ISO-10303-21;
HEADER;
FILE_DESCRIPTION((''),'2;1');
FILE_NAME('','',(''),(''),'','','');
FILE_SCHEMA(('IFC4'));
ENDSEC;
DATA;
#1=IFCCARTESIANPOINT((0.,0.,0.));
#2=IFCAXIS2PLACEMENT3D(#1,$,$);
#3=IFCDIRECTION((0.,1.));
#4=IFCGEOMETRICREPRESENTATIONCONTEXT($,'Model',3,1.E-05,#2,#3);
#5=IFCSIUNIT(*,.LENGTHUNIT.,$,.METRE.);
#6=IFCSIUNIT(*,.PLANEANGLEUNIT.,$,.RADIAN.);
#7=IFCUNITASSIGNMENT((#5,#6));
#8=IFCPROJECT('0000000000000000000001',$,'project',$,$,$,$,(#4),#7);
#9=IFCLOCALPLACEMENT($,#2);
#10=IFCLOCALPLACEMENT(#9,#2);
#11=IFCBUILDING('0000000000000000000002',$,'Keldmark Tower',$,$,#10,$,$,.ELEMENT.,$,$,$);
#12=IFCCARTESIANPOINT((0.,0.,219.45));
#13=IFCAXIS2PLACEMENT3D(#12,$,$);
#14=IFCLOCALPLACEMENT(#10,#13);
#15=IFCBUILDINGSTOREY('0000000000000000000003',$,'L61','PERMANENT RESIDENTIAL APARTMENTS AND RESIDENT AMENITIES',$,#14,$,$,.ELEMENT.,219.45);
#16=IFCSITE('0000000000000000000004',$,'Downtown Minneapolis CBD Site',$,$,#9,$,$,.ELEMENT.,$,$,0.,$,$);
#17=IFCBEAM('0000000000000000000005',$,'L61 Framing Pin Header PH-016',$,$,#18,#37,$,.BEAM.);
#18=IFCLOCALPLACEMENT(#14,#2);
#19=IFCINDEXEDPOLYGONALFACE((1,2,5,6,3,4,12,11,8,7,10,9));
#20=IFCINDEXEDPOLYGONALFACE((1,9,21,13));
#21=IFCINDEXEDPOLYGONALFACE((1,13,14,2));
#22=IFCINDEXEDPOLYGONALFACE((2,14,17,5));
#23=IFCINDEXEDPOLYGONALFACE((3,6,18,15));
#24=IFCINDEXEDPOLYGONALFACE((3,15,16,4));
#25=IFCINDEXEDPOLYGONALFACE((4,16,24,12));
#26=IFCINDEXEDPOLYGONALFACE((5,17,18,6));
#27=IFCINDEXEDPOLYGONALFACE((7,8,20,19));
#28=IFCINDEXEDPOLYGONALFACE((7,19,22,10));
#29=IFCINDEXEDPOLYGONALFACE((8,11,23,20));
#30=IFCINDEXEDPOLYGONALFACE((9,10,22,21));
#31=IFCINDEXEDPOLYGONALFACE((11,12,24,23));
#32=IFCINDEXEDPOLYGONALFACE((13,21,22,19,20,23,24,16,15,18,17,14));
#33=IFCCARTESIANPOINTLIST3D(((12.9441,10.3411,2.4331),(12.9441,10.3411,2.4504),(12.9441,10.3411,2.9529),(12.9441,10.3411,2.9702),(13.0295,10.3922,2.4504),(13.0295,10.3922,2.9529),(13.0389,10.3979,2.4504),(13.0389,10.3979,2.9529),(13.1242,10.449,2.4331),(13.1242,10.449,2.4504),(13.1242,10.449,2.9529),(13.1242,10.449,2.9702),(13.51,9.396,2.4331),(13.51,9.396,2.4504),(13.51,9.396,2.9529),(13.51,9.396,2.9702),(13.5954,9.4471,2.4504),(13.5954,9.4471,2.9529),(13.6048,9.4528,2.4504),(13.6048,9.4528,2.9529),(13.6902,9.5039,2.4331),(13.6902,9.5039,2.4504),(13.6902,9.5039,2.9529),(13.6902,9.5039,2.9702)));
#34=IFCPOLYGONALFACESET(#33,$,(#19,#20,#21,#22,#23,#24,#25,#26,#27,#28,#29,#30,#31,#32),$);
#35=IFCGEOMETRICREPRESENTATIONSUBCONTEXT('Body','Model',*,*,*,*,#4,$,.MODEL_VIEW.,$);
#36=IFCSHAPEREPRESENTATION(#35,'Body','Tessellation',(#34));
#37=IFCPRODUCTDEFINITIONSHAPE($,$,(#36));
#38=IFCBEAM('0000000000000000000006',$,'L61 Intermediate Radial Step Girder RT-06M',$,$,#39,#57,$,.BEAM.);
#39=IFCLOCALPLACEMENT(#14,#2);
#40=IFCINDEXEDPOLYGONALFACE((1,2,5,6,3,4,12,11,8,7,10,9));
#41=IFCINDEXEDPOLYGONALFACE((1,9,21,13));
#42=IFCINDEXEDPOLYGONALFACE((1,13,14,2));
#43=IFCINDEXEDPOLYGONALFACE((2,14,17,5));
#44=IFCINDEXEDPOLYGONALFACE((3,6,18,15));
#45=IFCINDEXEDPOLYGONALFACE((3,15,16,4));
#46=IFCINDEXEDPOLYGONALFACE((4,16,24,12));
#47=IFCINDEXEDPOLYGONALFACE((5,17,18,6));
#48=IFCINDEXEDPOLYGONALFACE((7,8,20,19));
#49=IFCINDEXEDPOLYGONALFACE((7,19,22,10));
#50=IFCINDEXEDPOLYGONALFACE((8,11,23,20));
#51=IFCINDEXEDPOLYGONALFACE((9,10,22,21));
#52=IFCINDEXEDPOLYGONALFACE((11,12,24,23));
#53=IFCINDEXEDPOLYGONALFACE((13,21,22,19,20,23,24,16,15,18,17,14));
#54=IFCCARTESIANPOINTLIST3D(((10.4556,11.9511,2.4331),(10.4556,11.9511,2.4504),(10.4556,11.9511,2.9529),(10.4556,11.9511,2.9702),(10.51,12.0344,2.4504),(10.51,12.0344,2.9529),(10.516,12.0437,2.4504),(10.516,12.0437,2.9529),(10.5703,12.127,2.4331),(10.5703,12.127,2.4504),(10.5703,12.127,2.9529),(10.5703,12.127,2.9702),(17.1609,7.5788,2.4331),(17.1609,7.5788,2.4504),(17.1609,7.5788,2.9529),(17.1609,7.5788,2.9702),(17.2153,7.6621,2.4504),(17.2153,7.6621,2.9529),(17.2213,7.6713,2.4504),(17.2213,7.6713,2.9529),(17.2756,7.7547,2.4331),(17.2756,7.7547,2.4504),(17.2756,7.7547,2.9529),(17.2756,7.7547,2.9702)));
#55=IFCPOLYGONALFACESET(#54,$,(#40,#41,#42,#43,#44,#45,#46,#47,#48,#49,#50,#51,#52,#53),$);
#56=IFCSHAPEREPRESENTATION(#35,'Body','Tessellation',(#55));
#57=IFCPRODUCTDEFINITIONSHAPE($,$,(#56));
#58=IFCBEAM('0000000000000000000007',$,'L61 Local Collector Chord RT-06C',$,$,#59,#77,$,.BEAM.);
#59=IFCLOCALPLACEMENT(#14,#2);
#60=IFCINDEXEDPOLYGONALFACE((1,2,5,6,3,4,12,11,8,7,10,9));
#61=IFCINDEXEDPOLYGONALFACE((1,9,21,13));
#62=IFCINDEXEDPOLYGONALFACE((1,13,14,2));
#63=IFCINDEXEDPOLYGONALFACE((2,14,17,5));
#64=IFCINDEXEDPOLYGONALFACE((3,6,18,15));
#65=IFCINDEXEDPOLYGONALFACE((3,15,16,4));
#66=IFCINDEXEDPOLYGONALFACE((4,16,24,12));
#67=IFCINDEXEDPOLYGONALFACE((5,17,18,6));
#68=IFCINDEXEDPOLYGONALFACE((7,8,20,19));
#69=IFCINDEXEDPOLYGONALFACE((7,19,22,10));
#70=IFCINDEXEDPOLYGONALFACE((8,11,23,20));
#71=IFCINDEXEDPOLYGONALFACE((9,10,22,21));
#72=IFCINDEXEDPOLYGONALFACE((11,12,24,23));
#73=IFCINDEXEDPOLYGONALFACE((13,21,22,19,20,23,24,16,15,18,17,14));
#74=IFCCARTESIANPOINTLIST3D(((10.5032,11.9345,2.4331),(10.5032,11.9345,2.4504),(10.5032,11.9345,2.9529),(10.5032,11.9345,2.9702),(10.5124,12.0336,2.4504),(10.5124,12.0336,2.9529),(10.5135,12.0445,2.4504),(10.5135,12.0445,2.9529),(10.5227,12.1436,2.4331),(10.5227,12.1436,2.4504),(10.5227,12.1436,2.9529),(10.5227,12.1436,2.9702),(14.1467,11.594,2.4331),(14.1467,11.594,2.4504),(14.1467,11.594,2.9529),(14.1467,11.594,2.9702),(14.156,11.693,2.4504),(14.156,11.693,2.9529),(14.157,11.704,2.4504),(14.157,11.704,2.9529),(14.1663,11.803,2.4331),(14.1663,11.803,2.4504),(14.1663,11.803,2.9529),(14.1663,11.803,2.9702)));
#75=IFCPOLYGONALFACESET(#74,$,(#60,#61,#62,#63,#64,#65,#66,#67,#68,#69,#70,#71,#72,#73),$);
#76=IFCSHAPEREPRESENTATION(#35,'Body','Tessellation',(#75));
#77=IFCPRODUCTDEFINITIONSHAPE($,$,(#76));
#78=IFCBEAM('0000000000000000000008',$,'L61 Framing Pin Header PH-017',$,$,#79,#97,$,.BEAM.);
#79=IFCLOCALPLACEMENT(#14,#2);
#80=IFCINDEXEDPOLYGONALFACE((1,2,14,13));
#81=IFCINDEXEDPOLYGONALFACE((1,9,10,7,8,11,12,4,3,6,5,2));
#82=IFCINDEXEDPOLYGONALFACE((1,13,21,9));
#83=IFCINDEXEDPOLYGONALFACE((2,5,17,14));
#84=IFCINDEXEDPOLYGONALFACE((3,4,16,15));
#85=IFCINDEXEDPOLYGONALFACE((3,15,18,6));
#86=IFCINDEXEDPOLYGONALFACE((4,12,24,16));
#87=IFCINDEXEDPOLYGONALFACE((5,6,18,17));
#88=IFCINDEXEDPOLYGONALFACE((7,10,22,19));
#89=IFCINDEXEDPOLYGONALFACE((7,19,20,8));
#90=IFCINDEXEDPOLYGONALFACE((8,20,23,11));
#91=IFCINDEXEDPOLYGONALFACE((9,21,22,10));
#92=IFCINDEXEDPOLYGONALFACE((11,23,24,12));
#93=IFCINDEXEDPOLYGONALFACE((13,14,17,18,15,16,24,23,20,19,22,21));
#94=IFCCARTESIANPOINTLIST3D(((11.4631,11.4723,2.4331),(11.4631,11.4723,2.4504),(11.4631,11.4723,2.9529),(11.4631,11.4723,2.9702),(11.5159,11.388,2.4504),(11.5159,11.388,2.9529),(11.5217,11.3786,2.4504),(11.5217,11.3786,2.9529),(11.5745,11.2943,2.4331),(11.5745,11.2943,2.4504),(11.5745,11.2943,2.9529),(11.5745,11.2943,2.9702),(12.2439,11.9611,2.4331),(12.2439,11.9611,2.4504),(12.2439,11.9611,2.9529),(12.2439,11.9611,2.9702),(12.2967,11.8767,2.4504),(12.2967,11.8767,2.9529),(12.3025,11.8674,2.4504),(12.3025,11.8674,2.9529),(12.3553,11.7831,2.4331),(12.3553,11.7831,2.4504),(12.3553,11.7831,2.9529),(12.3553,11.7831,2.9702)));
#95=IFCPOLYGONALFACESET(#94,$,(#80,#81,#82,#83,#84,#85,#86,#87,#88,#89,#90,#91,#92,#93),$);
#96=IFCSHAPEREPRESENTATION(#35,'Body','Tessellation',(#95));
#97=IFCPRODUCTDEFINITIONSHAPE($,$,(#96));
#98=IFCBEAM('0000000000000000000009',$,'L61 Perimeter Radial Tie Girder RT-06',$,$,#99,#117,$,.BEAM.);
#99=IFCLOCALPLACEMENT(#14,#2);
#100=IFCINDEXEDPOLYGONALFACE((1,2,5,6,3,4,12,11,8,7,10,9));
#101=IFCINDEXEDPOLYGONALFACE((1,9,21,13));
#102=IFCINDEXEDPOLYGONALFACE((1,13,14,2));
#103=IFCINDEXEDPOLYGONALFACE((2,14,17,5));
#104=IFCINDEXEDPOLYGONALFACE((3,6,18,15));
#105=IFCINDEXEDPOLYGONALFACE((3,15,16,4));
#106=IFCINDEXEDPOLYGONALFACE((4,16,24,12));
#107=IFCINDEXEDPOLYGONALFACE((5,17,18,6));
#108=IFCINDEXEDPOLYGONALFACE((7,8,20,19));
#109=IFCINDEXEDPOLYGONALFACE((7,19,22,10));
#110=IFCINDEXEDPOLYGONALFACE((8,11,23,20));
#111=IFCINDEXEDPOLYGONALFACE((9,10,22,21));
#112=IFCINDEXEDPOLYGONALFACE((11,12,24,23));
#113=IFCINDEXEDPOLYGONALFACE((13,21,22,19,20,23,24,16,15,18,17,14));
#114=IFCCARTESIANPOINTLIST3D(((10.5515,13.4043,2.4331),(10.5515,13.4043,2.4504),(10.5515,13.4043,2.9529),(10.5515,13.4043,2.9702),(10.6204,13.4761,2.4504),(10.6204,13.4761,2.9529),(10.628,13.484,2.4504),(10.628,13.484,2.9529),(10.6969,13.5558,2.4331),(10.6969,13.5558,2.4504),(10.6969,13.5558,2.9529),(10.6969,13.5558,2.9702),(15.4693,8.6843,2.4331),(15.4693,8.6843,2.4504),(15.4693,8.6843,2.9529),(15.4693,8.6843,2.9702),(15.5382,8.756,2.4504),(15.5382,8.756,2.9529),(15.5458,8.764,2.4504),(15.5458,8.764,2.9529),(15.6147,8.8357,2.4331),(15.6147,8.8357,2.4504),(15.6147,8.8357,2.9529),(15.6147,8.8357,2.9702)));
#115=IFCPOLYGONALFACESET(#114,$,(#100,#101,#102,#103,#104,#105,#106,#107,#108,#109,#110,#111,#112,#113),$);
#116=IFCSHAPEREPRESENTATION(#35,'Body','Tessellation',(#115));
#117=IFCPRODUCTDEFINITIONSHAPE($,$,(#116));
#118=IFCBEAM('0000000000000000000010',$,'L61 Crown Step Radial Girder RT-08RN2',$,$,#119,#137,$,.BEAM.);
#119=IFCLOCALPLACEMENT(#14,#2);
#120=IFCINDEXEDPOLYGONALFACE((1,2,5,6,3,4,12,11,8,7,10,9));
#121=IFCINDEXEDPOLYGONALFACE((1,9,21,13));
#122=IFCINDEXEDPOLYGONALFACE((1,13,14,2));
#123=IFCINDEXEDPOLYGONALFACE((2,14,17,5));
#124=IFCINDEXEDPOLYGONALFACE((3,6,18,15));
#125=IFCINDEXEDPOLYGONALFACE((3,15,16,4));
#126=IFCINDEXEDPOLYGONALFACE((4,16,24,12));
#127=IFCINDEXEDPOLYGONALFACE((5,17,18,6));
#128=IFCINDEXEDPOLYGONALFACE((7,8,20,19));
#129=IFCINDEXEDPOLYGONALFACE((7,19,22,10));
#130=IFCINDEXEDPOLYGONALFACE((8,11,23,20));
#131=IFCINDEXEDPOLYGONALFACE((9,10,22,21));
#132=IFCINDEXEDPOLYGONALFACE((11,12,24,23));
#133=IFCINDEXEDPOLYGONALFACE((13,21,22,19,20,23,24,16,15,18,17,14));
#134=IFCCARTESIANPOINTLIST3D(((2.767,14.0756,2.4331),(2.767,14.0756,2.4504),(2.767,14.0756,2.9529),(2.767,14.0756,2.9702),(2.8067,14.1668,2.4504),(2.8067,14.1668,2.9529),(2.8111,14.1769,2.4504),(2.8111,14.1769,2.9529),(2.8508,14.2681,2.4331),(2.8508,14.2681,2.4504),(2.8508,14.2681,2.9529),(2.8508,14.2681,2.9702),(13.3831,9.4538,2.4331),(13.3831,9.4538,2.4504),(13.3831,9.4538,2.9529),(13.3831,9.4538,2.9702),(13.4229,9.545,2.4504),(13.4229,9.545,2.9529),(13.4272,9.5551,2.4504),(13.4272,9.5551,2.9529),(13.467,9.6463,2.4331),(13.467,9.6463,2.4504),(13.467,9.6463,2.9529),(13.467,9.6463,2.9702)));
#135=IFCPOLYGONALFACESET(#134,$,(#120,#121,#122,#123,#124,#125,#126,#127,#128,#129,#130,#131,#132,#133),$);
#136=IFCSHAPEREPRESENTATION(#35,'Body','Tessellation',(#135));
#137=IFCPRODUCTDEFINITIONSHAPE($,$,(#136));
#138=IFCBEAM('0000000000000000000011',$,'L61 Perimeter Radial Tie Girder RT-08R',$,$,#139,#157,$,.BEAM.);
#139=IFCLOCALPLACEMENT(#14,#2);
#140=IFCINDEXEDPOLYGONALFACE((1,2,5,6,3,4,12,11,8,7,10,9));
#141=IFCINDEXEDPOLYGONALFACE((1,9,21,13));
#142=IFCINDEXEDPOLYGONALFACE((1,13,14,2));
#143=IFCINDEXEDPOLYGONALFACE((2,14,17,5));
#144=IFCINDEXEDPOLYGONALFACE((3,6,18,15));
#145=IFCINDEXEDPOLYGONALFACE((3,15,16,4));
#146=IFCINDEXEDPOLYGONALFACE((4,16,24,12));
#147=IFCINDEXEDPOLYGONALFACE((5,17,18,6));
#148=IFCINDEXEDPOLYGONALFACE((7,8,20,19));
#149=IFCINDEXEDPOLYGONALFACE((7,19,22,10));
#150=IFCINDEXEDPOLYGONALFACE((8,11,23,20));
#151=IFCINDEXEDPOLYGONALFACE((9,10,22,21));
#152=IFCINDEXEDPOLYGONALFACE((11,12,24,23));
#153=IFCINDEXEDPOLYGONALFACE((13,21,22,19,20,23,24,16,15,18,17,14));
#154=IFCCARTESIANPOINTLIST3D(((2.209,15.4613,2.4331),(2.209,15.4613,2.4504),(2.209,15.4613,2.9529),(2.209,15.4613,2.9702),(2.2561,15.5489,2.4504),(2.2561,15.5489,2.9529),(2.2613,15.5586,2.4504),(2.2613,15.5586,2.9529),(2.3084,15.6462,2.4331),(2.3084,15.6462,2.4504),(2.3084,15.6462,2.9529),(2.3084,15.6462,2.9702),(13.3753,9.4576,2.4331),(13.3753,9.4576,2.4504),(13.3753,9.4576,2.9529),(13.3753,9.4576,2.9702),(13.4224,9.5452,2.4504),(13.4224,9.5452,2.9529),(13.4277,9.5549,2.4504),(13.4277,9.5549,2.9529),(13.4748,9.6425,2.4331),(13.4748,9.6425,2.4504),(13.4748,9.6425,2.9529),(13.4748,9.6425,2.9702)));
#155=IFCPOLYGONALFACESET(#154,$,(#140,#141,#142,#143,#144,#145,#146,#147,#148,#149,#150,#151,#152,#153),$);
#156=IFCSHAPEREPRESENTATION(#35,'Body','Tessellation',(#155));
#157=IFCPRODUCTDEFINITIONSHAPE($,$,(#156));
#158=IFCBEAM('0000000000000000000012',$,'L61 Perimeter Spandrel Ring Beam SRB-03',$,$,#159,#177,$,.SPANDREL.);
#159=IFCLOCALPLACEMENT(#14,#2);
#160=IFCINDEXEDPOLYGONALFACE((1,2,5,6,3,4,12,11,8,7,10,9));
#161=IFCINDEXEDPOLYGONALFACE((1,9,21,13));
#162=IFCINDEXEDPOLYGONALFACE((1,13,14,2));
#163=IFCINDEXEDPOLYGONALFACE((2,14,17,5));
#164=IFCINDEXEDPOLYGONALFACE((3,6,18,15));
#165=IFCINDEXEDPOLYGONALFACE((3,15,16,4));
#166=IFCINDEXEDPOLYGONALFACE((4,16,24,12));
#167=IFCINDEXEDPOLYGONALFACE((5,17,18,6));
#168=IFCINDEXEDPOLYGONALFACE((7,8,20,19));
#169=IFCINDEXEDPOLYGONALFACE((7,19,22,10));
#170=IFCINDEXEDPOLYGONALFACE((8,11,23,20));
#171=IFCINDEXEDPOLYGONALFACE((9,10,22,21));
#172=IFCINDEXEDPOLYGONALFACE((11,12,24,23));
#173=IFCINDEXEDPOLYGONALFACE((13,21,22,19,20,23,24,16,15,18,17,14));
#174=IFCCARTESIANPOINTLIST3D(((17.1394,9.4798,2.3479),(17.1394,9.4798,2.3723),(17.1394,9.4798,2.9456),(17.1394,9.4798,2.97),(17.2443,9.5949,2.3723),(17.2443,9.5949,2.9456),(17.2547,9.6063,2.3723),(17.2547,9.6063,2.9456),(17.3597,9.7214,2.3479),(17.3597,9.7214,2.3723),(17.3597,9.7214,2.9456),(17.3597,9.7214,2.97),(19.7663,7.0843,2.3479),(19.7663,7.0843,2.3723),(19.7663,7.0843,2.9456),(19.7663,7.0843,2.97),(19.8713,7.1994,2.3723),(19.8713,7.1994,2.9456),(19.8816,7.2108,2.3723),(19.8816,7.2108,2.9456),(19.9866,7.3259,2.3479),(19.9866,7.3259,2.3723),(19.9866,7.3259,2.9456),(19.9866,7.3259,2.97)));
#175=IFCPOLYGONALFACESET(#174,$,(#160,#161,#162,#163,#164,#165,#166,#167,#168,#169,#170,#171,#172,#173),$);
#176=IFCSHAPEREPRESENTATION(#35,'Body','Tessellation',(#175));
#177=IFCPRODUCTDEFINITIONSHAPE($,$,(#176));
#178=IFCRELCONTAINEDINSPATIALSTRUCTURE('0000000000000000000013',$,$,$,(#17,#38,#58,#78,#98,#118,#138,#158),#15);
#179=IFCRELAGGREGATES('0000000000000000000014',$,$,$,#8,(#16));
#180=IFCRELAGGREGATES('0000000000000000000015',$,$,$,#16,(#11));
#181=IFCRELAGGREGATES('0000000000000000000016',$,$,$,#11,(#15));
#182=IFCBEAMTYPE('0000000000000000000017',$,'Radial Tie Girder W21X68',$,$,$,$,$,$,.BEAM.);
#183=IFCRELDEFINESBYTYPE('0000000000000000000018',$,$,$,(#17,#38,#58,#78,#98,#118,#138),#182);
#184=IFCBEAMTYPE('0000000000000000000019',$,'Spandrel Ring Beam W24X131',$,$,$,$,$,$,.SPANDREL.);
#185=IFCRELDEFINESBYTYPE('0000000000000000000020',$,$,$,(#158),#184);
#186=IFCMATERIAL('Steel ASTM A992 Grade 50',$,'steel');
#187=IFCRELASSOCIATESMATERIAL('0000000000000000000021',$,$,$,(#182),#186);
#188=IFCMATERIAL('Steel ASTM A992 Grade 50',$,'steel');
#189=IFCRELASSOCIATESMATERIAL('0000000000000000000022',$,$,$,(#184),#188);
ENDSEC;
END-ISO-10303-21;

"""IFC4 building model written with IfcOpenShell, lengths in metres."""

from ifc_helpers import new_model, si_unit, direction, frame, origin, origin_2d, place, context, subcontext, project, spatial, i_section, extrude, material, material_profile, profile_set, type_object, element, save


model = new_model("IFC4")

# Units and contexts
model_context = context("Model", 3, precision=1e-05, world=origin(), true_north=direction((0.0, 1.0)))
body_context = subcontext(model_context, "Body", "Model", "MODEL_VIEW")
ifc_project = project(units=[si_unit("LENGTHUNIT", "METRE"), si_unit("PLANEANGLEUNIT", "RADIAN")], contexts=[model_context])

# Site, building, storey
site_placement = place(None, origin())
site = spatial("IfcSite", under=ifc_project, at=site_placement, Name="Downtown Minneapolis CBD Site", CompositionType="ELEMENT", RefElevation=0.0)
building_placement = place(site_placement, origin())
building = spatial("IfcBuilding", under=site, at=building_placement, Name="Keldmark Tower", CompositionType="ELEMENT")
storey_placement = place(building_placement, frame((0.0, 0.0, 219.45)))
storey = spatial("IfcBuildingStorey", under=building, at=storey_placement, Name="L61", Description="PERMANENT RESIDENTIAL APARTMENTS AND RESIDENT AMENITIES", CompositionType="ELEMENT", Elevation=219.45)

# Beams
ifc_material_1 = material(Name="Steel ASTM A992 Grade 50", Category="steel")
ifc_material_profile_1 = material_profile(ifc_material_1, i_section(OverallWidth=0.21, OverallDepth=0.5371, WebThickness=0.011, FlangeThickness=0.0173, at=origin_2d()), Name="W21X68")
ifc_profile_set_1 = profile_set([ifc_material_profile_1], Name="Steel ASTM A992 Grade 50")
beam_type_1 = type_object("IfcBeamType", Name="Radial Tie Girder W21X68", PredefinedType="BEAM", material=ifc_profile_set_1)
beam_1_placement = place(storey_placement, frame((13.6001, 9.45, 2.7017), z_axis=(-0.513746, 0.857942, 0.0), x_axis=(-0.857942, -0.513746, 0.0)))
element("IfcBeam", 1, at=beam_1_placement, inside=storey, type_object=beam_type_1, Name="L61 Framing Pin Header PH-016", PredefinedType="BEAM", context=body_context, shape_type="SweptSolid", body=[
    extrude(i_section(OverallWidth=0.21, OverallDepth=0.5371, WebThickness=0.011, FlangeThickness=0.0173, at=origin_2d()), origin(), (0.0, 0.0, 1.0), 1.1016),
])
beam_2_placement = place(storey_placement, frame((17.2183, 7.6667, 2.7017), z_axis=(-0.837652, 0.546205, 0.0), x_axis=(-0.546205, -0.837652, 0.0)))
element("IfcBeam", 2, at=beam_2_placement, inside=storey, type_object=beam_type_1, Name="L61 Intermediate Radial Step Girder RT-06M", PredefinedType="BEAM", context=body_context, shape_type="SweptSolid", body=[
    extrude(i_section(OverallWidth=0.21, OverallDepth=0.5371, WebThickness=0.011, FlangeThickness=0.0173, at=origin_2d()), origin(), (0.0, 0.0, 1.0), 8.0049),
])
beam_3_placement = place(storey_placement, frame((14.1565, 11.6985, 2.7017), z_axis=(-0.99566, 0.093068, 0.0), x_axis=(-0.093068, -0.99566, 0.0)))
element("IfcBeam", 3, at=beam_3_placement, inside=storey, type_object=beam_type_1, Name="L61 Local Collector Chord RT-06C", PredefinedType="BEAM", context=body_context, shape_type="SweptSolid", body=[
    extrude(i_section(OverallWidth=0.21, OverallDepth=0.5371, WebThickness=0.011, FlangeThickness=0.0173, at=origin_2d()), origin(), (0.0, 0.0, 1.0), 3.6594),
])
beam_4_placement = place(storey_placement, frame((11.5188, 11.3833, 2.7017), z_axis=(0.847611, 0.530618, 0.0), x_axis=(-0.530618, 0.847611, 0.0)))
element("IfcBeam", 4, at=beam_4_placement, inside=storey, type_object=beam_type_1, Name="L61 Framing Pin Header PH-017", PredefinedType="BEAM", context=body_context, shape_type="SweptSolid", body=[
    extrude(i_section(OverallWidth=0.21, OverallDepth=0.5371, WebThickness=0.011, FlangeThickness=0.0173, at=origin_2d()), origin(), (0.0, 0.0, 1.0), 0.9211),
])
beam_5_placement = place(storey_placement, frame((15.542, 8.76, 2.7017), z_axis=(-0.721464, 0.692452, 0.0), x_axis=(-0.692452, -0.721464, 0.0)))
element("IfcBeam", 5, at=beam_5_placement, inside=storey, type_object=beam_type_1, Name="L61 Perimeter Radial Tie Girder RT-06", PredefinedType="BEAM", context=body_context, shape_type="SweptSolid", body=[
    extrude(i_section(OverallWidth=0.21, OverallDepth=0.5371, WebThickness=0.011, FlangeThickness=0.0173, at=origin_2d()), origin(), (0.0, 0.0, 1.0), 6.8164),
])
beam_6_placement = place(storey_placement, frame((13.425, 9.55, 2.7017), z_axis=(-0.916878, 0.399168, 0.0), x_axis=(-0.399168, -0.916878, 0.0)))
element("IfcBeam", 6, at=beam_6_placement, inside=storey, type_object=beam_type_1, Name="L61 Crown Step Radial Girder RT-08RN2", PredefinedType="BEAM", context=body_context, shape_type="SweptSolid", body=[
    extrude(i_section(OverallWidth=0.21, OverallDepth=0.5371, WebThickness=0.011, FlangeThickness=0.0173, at=origin_2d()), origin(), (0.0, 0.0, 1.0), 11.5786),
])
beam_7_placement = place(storey_placement, frame((13.425, 9.55, 2.7017), z_axis=(-0.880765, 0.473553, 0.0), x_axis=(-0.473553, -0.880765, 0.0)))
element("IfcBeam", 7, at=beam_7_placement, inside=storey, type_object=beam_type_1, Name="L61 Perimeter Radial Tie Girder RT-08R", PredefinedType="BEAM", context=body_context, shape_type="SweptSolid", body=[
    extrude(i_section(OverallWidth=0.21, OverallDepth=0.5371, WebThickness=0.011, FlangeThickness=0.0173, at=origin_2d()), origin(), (0.0, 0.0, 1.0), 12.678),
])
ifc_material_2 = material(Name="Steel ASTM A992 Grade 50", Category="steel")
ifc_material_profile_2 = material_profile(ifc_material_2, i_section(OverallWidth=0.3269, OverallDepth=0.6221, WebThickness=0.0154, FlangeThickness=0.0244, at=origin_2d()), Name="W24X131")
ifc_profile_set_2 = profile_set([ifc_material_profile_2], Name="Steel ASTM A992 Grade 50")
beam_type_2 = type_object("IfcBeamType", Name="Spandrel Ring Beam W24X131", PredefinedType="SPANDREL", material=ifc_profile_set_2)
beam_8_placement = place(storey_placement, frame((19.8765, 7.2051, 2.6589), z_axis=(-0.738908, 0.673807, 0.0), x_axis=(-0.673807, -0.738908, 0.0)))
element("IfcBeam", 8, at=beam_8_placement, inside=storey, type_object=beam_type_2, Name="L61 Perimeter Spandrel Ring Beam SRB-03", PredefinedType="SPANDREL", context=body_context, shape_type="SweptSolid", body=[
    extrude(i_section(OverallWidth=0.3269, OverallDepth=0.6221, WebThickness=0.0154, FlangeThickness=0.0244, at=origin_2d()), origin(), (0.0, 0.0, 1.0), 3.5552),
])

save(model, "model.ifc")
